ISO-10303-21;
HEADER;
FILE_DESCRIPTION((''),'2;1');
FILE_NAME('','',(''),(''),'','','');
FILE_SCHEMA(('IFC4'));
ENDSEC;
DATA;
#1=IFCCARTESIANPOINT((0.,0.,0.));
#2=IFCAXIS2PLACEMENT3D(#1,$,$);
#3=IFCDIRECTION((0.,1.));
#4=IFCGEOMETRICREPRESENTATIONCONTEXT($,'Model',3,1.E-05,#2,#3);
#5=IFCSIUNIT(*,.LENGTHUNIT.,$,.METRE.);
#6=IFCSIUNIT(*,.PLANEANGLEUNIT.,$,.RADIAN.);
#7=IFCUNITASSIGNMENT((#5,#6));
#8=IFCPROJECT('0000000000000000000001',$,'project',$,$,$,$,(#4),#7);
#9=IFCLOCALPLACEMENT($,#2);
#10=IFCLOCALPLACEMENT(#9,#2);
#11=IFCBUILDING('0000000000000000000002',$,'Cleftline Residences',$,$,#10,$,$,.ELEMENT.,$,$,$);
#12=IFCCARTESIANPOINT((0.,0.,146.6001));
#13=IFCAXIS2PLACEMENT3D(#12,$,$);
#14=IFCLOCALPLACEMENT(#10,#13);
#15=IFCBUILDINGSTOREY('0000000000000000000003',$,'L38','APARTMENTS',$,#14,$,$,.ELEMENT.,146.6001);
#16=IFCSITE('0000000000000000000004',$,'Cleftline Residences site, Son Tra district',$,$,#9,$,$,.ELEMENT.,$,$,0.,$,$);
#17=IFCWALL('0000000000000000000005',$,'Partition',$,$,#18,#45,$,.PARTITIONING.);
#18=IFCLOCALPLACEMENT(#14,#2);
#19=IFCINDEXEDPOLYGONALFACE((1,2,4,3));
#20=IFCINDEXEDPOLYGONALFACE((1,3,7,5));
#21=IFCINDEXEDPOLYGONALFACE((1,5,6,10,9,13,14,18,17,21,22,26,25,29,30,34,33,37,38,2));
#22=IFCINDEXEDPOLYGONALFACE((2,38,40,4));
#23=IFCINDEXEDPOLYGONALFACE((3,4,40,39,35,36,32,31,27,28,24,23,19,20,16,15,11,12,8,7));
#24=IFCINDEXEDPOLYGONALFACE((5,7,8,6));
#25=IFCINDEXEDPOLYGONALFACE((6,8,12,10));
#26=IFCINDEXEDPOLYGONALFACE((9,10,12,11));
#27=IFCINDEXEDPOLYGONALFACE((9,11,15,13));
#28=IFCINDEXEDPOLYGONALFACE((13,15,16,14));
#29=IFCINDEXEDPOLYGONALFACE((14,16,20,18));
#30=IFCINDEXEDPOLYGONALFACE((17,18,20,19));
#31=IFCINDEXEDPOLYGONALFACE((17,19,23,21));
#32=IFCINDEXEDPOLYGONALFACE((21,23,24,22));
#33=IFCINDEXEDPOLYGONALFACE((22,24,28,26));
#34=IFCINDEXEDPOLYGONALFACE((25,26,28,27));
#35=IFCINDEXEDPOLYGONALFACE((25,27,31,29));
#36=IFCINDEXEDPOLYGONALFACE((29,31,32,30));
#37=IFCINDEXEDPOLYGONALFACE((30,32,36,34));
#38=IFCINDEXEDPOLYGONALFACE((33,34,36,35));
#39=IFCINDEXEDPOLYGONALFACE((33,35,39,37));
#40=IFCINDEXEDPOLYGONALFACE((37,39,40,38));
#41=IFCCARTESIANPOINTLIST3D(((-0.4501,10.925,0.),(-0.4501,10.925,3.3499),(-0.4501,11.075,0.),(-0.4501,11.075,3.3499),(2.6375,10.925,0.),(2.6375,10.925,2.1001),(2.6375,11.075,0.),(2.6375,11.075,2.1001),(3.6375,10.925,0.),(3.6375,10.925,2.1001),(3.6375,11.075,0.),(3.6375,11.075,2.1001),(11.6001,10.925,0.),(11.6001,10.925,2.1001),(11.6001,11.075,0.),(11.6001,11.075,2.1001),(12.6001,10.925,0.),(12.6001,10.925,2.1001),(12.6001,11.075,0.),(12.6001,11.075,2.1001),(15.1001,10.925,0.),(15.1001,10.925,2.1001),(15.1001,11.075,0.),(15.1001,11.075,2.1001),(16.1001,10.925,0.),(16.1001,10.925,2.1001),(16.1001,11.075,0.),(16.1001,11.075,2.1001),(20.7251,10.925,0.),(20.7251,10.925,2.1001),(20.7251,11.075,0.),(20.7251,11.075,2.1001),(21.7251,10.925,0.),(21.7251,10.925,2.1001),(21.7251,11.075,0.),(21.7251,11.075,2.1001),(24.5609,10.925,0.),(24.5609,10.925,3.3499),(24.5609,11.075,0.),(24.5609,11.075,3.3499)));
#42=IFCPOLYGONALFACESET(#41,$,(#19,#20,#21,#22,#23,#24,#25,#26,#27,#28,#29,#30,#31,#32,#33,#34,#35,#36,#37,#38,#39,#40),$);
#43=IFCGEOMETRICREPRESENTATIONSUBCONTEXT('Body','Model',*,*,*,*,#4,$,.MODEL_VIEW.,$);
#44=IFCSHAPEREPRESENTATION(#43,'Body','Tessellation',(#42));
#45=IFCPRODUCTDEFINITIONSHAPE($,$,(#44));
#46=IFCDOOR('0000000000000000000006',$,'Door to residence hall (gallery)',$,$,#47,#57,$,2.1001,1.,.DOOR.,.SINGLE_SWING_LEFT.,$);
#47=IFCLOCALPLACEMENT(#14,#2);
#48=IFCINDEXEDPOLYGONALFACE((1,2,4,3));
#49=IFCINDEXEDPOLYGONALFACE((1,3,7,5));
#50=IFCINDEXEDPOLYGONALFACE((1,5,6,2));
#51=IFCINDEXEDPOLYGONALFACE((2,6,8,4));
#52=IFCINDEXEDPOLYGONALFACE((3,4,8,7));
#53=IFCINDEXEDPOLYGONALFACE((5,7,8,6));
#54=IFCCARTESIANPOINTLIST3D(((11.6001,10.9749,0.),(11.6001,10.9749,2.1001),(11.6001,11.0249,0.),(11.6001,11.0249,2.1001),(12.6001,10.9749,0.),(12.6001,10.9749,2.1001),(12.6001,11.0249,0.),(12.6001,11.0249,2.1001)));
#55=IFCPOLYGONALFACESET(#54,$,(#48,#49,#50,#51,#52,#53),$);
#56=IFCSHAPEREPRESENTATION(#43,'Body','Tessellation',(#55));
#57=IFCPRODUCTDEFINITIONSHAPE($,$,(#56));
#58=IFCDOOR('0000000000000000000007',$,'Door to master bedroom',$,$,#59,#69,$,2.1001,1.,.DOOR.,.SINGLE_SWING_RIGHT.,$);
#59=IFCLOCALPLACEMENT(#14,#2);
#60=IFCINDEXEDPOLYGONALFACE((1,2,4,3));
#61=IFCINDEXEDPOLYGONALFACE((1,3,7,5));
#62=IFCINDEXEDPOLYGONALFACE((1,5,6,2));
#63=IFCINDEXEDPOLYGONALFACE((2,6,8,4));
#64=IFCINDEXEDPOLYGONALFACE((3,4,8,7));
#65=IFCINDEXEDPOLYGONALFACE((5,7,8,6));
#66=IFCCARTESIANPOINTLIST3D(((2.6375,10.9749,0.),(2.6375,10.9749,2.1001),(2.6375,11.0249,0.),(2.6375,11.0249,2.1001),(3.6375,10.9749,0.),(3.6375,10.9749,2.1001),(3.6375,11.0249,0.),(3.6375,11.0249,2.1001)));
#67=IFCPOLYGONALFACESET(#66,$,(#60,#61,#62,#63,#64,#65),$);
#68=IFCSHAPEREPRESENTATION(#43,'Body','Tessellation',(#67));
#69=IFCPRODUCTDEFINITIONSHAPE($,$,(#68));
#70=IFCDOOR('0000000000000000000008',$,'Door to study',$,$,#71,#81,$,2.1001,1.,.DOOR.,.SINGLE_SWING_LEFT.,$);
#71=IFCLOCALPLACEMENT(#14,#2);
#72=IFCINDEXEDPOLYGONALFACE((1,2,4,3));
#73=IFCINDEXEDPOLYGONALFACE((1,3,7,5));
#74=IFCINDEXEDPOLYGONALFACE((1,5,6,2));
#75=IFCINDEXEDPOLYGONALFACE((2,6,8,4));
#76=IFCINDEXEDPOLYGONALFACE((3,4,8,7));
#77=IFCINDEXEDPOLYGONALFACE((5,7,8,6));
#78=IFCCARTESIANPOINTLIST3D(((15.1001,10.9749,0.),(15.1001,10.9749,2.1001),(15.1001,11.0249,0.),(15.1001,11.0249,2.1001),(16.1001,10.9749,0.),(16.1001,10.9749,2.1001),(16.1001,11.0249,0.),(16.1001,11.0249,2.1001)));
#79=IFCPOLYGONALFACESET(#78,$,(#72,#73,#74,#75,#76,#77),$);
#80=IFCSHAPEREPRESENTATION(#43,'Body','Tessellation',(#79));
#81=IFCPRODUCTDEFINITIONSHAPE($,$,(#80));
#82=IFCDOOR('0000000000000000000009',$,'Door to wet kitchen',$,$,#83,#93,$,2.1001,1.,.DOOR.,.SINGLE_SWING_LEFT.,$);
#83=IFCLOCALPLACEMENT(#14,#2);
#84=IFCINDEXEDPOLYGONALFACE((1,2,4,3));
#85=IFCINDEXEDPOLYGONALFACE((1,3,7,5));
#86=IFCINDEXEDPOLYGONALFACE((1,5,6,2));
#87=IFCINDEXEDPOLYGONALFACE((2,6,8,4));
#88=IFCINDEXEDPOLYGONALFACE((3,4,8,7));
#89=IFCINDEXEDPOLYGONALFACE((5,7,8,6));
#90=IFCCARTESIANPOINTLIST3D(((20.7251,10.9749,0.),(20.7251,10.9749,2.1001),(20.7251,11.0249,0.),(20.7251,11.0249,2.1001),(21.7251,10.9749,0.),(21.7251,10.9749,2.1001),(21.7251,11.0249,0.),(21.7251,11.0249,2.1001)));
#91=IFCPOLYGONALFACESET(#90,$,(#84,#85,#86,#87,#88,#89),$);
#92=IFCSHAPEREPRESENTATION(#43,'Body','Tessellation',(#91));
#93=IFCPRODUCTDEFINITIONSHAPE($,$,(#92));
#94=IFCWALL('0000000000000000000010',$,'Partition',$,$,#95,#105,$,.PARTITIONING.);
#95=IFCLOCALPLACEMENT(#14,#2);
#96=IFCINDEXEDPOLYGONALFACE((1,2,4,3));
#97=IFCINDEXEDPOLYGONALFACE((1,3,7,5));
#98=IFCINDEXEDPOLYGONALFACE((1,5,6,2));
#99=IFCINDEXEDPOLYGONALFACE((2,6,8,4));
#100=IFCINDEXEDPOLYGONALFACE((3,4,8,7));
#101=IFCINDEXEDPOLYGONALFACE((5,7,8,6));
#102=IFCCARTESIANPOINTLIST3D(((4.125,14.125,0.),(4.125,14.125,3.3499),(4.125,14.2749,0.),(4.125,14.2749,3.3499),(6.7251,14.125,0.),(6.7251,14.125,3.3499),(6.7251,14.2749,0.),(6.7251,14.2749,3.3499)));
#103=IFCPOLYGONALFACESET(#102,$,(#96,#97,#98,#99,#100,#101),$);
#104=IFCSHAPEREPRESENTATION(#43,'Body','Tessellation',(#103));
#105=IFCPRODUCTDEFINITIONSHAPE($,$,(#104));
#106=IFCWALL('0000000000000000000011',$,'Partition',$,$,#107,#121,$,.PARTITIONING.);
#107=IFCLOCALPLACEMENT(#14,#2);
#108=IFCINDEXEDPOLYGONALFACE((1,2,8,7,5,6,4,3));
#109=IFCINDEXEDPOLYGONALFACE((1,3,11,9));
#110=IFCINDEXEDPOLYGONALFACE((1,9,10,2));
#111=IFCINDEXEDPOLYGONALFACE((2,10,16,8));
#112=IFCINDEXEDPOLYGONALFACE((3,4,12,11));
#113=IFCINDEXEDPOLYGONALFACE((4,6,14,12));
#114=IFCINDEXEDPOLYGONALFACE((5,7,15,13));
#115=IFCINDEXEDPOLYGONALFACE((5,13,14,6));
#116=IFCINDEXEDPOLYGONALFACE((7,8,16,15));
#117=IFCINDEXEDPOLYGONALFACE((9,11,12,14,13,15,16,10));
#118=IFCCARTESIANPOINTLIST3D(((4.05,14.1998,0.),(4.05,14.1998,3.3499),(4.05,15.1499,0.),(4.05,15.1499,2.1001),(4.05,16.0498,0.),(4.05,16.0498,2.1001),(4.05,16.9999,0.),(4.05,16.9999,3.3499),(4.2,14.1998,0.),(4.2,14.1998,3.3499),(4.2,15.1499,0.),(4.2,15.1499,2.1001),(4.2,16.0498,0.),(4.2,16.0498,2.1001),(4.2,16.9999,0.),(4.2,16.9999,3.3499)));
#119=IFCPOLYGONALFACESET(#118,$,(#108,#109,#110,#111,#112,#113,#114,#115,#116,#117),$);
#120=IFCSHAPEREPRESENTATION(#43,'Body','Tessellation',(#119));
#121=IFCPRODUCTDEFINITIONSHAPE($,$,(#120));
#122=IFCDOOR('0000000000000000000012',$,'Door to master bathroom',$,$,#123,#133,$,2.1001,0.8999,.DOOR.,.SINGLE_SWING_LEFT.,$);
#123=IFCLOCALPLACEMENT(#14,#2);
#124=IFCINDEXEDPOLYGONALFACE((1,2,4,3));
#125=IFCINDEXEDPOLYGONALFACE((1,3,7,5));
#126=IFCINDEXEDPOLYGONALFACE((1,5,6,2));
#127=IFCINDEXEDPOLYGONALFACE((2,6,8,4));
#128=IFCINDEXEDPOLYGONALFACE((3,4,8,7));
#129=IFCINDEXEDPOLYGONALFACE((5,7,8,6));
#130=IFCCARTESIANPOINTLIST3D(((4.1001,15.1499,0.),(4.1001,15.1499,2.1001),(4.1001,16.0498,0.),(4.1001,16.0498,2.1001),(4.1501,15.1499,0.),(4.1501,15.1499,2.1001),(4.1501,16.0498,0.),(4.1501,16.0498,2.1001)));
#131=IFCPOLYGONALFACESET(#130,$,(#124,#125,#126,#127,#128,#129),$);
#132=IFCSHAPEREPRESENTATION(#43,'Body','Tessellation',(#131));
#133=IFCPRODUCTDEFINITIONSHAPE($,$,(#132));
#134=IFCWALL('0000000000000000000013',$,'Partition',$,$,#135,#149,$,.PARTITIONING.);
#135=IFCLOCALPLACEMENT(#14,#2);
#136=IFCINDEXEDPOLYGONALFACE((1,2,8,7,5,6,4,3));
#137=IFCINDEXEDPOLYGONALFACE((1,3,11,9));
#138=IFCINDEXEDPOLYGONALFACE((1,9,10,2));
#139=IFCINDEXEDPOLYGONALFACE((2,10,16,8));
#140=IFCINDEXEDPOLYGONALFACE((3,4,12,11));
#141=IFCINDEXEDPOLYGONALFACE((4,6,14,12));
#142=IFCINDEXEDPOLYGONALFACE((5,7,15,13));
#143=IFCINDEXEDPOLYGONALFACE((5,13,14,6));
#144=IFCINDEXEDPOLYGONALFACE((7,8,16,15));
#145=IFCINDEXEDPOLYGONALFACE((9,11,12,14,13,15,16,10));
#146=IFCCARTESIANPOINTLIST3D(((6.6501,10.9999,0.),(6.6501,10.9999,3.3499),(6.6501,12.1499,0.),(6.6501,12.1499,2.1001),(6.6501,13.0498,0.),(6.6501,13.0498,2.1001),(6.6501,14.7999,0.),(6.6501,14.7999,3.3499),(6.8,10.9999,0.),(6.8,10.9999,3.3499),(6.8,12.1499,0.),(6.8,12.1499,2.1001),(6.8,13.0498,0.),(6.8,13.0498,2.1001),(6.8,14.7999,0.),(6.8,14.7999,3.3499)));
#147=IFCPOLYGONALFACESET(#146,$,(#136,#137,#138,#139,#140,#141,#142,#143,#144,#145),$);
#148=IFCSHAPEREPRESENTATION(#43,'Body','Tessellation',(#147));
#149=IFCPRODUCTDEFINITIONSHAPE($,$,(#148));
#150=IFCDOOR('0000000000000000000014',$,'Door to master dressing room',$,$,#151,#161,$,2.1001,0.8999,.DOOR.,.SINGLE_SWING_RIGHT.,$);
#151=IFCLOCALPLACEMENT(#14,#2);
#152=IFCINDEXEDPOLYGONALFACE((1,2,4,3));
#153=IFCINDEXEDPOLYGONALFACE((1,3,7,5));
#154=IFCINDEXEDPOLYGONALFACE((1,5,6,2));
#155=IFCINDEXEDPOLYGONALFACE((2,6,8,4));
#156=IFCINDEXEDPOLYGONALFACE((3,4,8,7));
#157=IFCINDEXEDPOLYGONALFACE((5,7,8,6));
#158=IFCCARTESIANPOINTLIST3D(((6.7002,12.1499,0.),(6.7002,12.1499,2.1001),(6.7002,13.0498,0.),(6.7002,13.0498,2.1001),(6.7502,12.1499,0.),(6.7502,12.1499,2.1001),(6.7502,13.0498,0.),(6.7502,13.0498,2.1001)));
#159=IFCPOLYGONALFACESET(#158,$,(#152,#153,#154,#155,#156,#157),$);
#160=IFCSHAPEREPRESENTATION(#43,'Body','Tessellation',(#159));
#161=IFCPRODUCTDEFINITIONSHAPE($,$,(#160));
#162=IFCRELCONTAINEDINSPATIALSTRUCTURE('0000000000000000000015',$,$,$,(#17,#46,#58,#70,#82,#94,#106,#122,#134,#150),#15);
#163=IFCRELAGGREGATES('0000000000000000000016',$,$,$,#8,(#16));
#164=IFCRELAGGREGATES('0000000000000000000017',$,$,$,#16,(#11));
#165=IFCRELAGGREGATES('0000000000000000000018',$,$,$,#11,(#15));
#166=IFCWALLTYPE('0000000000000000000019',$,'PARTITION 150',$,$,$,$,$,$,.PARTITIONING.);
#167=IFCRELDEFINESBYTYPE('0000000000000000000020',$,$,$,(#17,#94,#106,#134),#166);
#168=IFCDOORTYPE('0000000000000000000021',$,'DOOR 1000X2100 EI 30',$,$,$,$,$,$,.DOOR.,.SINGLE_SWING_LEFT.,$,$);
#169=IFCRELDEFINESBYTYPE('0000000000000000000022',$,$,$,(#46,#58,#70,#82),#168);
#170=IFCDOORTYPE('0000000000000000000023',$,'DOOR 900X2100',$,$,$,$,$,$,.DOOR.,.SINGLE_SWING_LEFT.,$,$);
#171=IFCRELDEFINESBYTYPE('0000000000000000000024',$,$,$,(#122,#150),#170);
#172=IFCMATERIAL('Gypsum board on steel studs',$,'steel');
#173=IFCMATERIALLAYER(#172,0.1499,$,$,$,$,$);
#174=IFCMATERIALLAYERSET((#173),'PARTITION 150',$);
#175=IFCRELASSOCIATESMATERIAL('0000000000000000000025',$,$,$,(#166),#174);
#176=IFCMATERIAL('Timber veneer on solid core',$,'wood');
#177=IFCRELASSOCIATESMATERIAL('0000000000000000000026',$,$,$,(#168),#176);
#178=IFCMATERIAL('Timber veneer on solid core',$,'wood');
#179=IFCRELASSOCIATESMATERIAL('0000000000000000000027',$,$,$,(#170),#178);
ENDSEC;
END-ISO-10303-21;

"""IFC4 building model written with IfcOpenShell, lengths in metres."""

from ifc_helpers import new_model, si_unit, direction, frame, frame_2d, origin, place, context, subcontext, project, spatial, rectangle, extrude, material, layer, layer_set, type_object, element, fill, save


model = new_model("IFC4")

# Units and contexts
model_context = context("Model", 3, precision=1e-05, world=origin(), true_north=direction((0.0, 1.0)))
body_context = subcontext(model_context, "Body", "Model", "MODEL_VIEW")
ifc_project = project(units=[si_unit("LENGTHUNIT", "METRE"), si_unit("PLANEANGLEUNIT", "RADIAN")], contexts=[model_context])

# Site, building, storey
site_placement = place(None, origin())
site = spatial("IfcSite", under=ifc_project, at=site_placement, Name="Cleftline Residences site, Son Tra district", CompositionType="ELEMENT", RefElevation=0.0)
building_placement = place(site_placement, origin())
building = spatial("IfcBuilding", under=site, at=building_placement, Name="Cleftline Residences", CompositionType="ELEMENT")
storey_placement = place(building_placement, frame((0.0, 0.0, 146.6001)))
storey = spatial("IfcBuildingStorey", under=building, at=storey_placement, Name="L38", Description="APARTMENTS", CompositionType="ELEMENT", Elevation=146.6001)

# Shared definitions
ifc_material_1 = material(Name="Gypsum board on steel studs", Category="steel")
ifc_layer = layer(ifc_material_1, 0.1499)
ifc_layer_set = layer_set([ifc_layer], Name="PARTITION 150")
wall_type = type_object("IfcWallType", Name="PARTITION 150", PredefinedType="PARTITIONING", material=ifc_layer_set)

# Wall, openings, doors
wall_1_placement = place(storey_placement, frame((-0.45, 11.0, 0.0), z_axis=(0.0, 0.0, 1.0), x_axis=(1.0, 0.0, 0.0)))
wall_1 = element("IfcWall", 1, at=wall_1_placement, inside=storey, type_object=wall_type, Name="Partition", PredefinedType="PARTITIONING", context=body_context, shape_type="SweptSolid", body=[
    extrude(rectangle(XDim=25.011, YDim=0.1499, at=frame_2d((12.5054, 0.0))), origin(), (0.0, 0.0, 1.0), 3.3499),
])
opening_1_placement = place(wall_1_placement, frame((12.05, 0.0, 0.0)))
opening_1 = element("IfcOpeningElement", 2, at=opening_1_placement, cuts=wall_1, PredefinedType="OPENING", context=body_context, shape_type="SweptSolid", body=[
    extrude(rectangle(XDim=1.0, YDim=2.1001, at=frame_2d((0.5, 1.05))), frame((0.0, 0.085, 0.0), z_axis=(0.0, -1.0, 0.0), x_axis=(1.0, 0.0, 0.0)), (0.0, 0.0, 1.0), 0.1699),
])
opening_2_placement = place(wall_1_placement, frame((3.0874, 0.0, 0.0)))
opening_2 = element("IfcOpeningElement", 3, at=opening_2_placement, cuts=wall_1, PredefinedType="OPENING", context=body_context, shape_type="SweptSolid", body=[
    extrude(rectangle(XDim=1.0, YDim=2.1001, at=frame_2d((0.5, 1.05))), frame((0.0, 0.085, 0.0), z_axis=(0.0, -1.0, 0.0), x_axis=(1.0, 0.0, 0.0)), (0.0, 0.0, 1.0), 0.1699),
])
opening_3_placement = place(wall_1_placement, frame((15.55, 0.0, 0.0)))
opening_3 = element("IfcOpeningElement", 4, at=opening_3_placement, cuts=wall_1, PredefinedType="OPENING", context=body_context, shape_type="SweptSolid", body=[
    extrude(rectangle(XDim=1.0, YDim=2.1001, at=frame_2d((0.5, 1.05))), frame((0.0, 0.085, 0.0), z_axis=(0.0, -1.0, 0.0), x_axis=(1.0, 0.0, 0.0)), (0.0, 0.0, 1.0), 0.1699),
])
opening_4_placement = place(wall_1_placement, frame((21.175, 0.0, 0.0)))
opening_4 = element("IfcOpeningElement", 5, at=opening_4_placement, cuts=wall_1, PredefinedType="OPENING", context=body_context, shape_type="SweptSolid", body=[
    extrude(rectangle(XDim=1.0, YDim=2.1001, at=frame_2d((0.5, 1.05))), frame((0.0, 0.085, 0.0), z_axis=(0.0, -1.0, 0.0), x_axis=(1.0, 0.0, 0.0)), (0.0, 0.0, 1.0), 0.1699),
])
ifc_material_2 = material(Name="Timber veneer on solid core", Category="wood")
door_type_1 = type_object("IfcDoorType", Name="DOOR 1000X2100 EI 30", OperationType="SINGLE_SWING_LEFT", PredefinedType="DOOR", material=ifc_material_2)
door_1_placement = place(opening_1_placement, origin())
door_1 = element("IfcDoor", 6, at=door_1_placement, inside=storey, type_object=door_type_1, Name="Door to residence hall (gallery)", OperationType="SINGLE_SWING_LEFT", OverallHeight=2.1001, OverallWidth=1.0, PredefinedType="DOOR", context=body_context, shape_type="SweptSolid", body=[
    extrude(rectangle(XDim=1.0, YDim=2.1001, at=frame_2d((0.5, 1.05))), frame((0.0, 0.0249, 0.0), z_axis=(0.0, -1.0, 0.0), x_axis=(1.0, 0.0, 0.0)), (0.0, 0.0, 1.0), 0.05),
])
fill(opening_1, door_1)
door_2_placement = place(opening_2_placement, origin())
door_2 = element("IfcDoor", 7, at=door_2_placement, inside=storey, type_object=door_type_1, Name="Door to master bedroom", OperationType="SINGLE_SWING_RIGHT", OverallHeight=2.1001, OverallWidth=1.0, PredefinedType="DOOR", context=body_context, shape_type="SweptSolid", body=[
    extrude(rectangle(XDim=1.0, YDim=2.1001, at=frame_2d((0.5, 1.05))), frame((0.0, 0.0249, 0.0), z_axis=(0.0, -1.0, 0.0), x_axis=(1.0, 0.0, 0.0)), (0.0, 0.0, 1.0), 0.05),
])
fill(opening_2, door_2)
door_3_placement = place(opening_3_placement, origin())
door_3 = element("IfcDoor", 8, at=door_3_placement, inside=storey, type_object=door_type_1, Name="Door to study", OperationType="SINGLE_SWING_LEFT", OverallHeight=2.1001, OverallWidth=1.0, PredefinedType="DOOR", context=body_context, shape_type="SweptSolid", body=[
    extrude(rectangle(XDim=1.0, YDim=2.1001, at=frame_2d((0.5, 1.05))), frame((0.0, 0.0249, 0.0), z_axis=(0.0, -1.0, 0.0), x_axis=(1.0, 0.0, 0.0)), (0.0, 0.0, 1.0), 0.05),
])
fill(opening_3, door_3)
door_4_placement = place(opening_4_placement, origin())
door_4 = element("IfcDoor", 9, at=door_4_placement, inside=storey, type_object=door_type_1, Name="Door to wet kitchen", OperationType="SINGLE_SWING_LEFT", OverallHeight=2.1001, OverallWidth=1.0, PredefinedType="DOOR", context=body_context, shape_type="SweptSolid", body=[
    extrude(rectangle(XDim=1.0, YDim=2.1001, at=frame_2d((0.5, 1.05))), frame((0.0, 0.0249, 0.0), z_axis=(0.0, -1.0, 0.0), x_axis=(1.0, 0.0, 0.0)), (0.0, 0.0, 1.0), 0.05),
])
fill(opening_4, door_4)

# Wall
wall_2_placement = place(storey_placement, frame((4.125, 14.2, 0.0), z_axis=(0.0, 0.0, 1.0), x_axis=(1.0, 0.0, 0.0)))
element("IfcWall", 10, at=wall_2_placement, inside=storey, type_object=wall_type, Name="Partition", PredefinedType="PARTITIONING", context=body_context, shape_type="SweptSolid", body=[
    extrude(rectangle(XDim=2.6001, YDim=0.1499, at=frame_2d((1.3, 0.0))), origin(), (0.0, 0.0, 1.0), 3.3499),
])

# Walls, openings, doors
wall_3_placement = place(storey_placement, frame((4.125, 14.2, 0.0), z_axis=(0.0, 0.0, 1.0), x_axis=(0.0, 1.0, 0.0)))
wall_3 = element("IfcWall", 11, at=wall_3_placement, inside=storey, type_object=wall_type, Name="Partition", PredefinedType="PARTITIONING", context=body_context, shape_type="SweptSolid", body=[
    extrude(rectangle(XDim=2.8, YDim=0.1499, at=frame_2d((1.3999, 0.0))), origin(), (0.0, 0.0, 1.0), 3.3499),
])
opening_5_placement = place(wall_3_placement, frame((0.95, 0.0, 0.0)))
opening_5 = element("IfcOpeningElement", 12, at=opening_5_placement, cuts=wall_3, PredefinedType="OPENING", context=body_context, shape_type="SweptSolid", body=[
    extrude(rectangle(XDim=0.8999, YDim=2.1001, at=frame_2d((0.45, 1.05))), frame((0.0, 0.085, 0.0), z_axis=(0.0, -1.0, 0.0), x_axis=(1.0, 0.0, 0.0)), (0.0, 0.0, 1.0), 0.1699),
])
ifc_material_3 = material(Name="Timber veneer on solid core", Category="wood")
door_type_2 = type_object("IfcDoorType", Name="DOOR 900X2100", OperationType="SINGLE_SWING_LEFT", PredefinedType="DOOR", material=ifc_material_3)
door_5_placement = place(opening_5_placement, origin())
door_5 = element("IfcDoor", 13, at=door_5_placement, inside=storey, type_object=door_type_2, Name="Door to master bathroom", OperationType="SINGLE_SWING_LEFT", OverallHeight=2.1001, OverallWidth=0.8999, PredefinedType="DOOR", context=body_context, shape_type="SweptSolid", body=[
    extrude(rectangle(XDim=0.8999, YDim=2.1001, at=frame_2d((0.45, 1.05))), frame((0.0, 0.0249, 0.0), z_axis=(0.0, -1.0, 0.0), x_axis=(1.0, 0.0, 0.0)), (0.0, 0.0, 1.0), 0.05),
])
fill(opening_5, door_5)
wall_4_placement = place(storey_placement, frame((6.7251, 11.0, 0.0), z_axis=(0.0, 0.0, 1.0), x_axis=(0.0, 1.0, 0.0)))
wall_4 = element("IfcWall", 14, at=wall_4_placement, inside=storey, type_object=wall_type, Name="Partition", PredefinedType="PARTITIONING", context=body_context, shape_type="SweptSolid", body=[
    extrude(rectangle(XDim=3.8, YDim=0.1499, at=frame_2d((1.8999, 0.0))), origin(), (0.0, 0.0, 1.0), 3.3499),
])
opening_6_placement = place(wall_4_placement, frame((1.1499, 0.0, 0.0)))
opening_6 = element("IfcOpeningElement", 15, at=opening_6_placement, cuts=wall_4, PredefinedType="OPENING", context=body_context, shape_type="SweptSolid", body=[
    extrude(rectangle(XDim=0.8999, YDim=2.1001, at=frame_2d((0.45, 1.05))), frame((0.0, 0.085, 0.0), z_axis=(0.0, -1.0, 0.0), x_axis=(1.0, 0.0, 0.0)), (0.0, 0.0, 1.0), 0.1699),
])
door_6_placement = place(opening_6_placement, origin())
door_6 = element("IfcDoor", 16, at=door_6_placement, inside=storey, type_object=door_type_2, Name="Door to master dressing room", OperationType="SINGLE_SWING_RIGHT", OverallHeight=2.1001, OverallWidth=0.8999, PredefinedType="DOOR", context=body_context, shape_type="SweptSolid", body=[
    extrude(rectangle(XDim=0.8999, YDim=2.1001, at=frame_2d((0.45, 1.05))), frame((0.0, 0.0249, 0.0), z_axis=(0.0, -1.0, 0.0), x_axis=(1.0, 0.0, 0.0)), (0.0, 0.0, 1.0), 0.05),
])
fill(opening_6, door_6)

save(model, "model.ifc")
